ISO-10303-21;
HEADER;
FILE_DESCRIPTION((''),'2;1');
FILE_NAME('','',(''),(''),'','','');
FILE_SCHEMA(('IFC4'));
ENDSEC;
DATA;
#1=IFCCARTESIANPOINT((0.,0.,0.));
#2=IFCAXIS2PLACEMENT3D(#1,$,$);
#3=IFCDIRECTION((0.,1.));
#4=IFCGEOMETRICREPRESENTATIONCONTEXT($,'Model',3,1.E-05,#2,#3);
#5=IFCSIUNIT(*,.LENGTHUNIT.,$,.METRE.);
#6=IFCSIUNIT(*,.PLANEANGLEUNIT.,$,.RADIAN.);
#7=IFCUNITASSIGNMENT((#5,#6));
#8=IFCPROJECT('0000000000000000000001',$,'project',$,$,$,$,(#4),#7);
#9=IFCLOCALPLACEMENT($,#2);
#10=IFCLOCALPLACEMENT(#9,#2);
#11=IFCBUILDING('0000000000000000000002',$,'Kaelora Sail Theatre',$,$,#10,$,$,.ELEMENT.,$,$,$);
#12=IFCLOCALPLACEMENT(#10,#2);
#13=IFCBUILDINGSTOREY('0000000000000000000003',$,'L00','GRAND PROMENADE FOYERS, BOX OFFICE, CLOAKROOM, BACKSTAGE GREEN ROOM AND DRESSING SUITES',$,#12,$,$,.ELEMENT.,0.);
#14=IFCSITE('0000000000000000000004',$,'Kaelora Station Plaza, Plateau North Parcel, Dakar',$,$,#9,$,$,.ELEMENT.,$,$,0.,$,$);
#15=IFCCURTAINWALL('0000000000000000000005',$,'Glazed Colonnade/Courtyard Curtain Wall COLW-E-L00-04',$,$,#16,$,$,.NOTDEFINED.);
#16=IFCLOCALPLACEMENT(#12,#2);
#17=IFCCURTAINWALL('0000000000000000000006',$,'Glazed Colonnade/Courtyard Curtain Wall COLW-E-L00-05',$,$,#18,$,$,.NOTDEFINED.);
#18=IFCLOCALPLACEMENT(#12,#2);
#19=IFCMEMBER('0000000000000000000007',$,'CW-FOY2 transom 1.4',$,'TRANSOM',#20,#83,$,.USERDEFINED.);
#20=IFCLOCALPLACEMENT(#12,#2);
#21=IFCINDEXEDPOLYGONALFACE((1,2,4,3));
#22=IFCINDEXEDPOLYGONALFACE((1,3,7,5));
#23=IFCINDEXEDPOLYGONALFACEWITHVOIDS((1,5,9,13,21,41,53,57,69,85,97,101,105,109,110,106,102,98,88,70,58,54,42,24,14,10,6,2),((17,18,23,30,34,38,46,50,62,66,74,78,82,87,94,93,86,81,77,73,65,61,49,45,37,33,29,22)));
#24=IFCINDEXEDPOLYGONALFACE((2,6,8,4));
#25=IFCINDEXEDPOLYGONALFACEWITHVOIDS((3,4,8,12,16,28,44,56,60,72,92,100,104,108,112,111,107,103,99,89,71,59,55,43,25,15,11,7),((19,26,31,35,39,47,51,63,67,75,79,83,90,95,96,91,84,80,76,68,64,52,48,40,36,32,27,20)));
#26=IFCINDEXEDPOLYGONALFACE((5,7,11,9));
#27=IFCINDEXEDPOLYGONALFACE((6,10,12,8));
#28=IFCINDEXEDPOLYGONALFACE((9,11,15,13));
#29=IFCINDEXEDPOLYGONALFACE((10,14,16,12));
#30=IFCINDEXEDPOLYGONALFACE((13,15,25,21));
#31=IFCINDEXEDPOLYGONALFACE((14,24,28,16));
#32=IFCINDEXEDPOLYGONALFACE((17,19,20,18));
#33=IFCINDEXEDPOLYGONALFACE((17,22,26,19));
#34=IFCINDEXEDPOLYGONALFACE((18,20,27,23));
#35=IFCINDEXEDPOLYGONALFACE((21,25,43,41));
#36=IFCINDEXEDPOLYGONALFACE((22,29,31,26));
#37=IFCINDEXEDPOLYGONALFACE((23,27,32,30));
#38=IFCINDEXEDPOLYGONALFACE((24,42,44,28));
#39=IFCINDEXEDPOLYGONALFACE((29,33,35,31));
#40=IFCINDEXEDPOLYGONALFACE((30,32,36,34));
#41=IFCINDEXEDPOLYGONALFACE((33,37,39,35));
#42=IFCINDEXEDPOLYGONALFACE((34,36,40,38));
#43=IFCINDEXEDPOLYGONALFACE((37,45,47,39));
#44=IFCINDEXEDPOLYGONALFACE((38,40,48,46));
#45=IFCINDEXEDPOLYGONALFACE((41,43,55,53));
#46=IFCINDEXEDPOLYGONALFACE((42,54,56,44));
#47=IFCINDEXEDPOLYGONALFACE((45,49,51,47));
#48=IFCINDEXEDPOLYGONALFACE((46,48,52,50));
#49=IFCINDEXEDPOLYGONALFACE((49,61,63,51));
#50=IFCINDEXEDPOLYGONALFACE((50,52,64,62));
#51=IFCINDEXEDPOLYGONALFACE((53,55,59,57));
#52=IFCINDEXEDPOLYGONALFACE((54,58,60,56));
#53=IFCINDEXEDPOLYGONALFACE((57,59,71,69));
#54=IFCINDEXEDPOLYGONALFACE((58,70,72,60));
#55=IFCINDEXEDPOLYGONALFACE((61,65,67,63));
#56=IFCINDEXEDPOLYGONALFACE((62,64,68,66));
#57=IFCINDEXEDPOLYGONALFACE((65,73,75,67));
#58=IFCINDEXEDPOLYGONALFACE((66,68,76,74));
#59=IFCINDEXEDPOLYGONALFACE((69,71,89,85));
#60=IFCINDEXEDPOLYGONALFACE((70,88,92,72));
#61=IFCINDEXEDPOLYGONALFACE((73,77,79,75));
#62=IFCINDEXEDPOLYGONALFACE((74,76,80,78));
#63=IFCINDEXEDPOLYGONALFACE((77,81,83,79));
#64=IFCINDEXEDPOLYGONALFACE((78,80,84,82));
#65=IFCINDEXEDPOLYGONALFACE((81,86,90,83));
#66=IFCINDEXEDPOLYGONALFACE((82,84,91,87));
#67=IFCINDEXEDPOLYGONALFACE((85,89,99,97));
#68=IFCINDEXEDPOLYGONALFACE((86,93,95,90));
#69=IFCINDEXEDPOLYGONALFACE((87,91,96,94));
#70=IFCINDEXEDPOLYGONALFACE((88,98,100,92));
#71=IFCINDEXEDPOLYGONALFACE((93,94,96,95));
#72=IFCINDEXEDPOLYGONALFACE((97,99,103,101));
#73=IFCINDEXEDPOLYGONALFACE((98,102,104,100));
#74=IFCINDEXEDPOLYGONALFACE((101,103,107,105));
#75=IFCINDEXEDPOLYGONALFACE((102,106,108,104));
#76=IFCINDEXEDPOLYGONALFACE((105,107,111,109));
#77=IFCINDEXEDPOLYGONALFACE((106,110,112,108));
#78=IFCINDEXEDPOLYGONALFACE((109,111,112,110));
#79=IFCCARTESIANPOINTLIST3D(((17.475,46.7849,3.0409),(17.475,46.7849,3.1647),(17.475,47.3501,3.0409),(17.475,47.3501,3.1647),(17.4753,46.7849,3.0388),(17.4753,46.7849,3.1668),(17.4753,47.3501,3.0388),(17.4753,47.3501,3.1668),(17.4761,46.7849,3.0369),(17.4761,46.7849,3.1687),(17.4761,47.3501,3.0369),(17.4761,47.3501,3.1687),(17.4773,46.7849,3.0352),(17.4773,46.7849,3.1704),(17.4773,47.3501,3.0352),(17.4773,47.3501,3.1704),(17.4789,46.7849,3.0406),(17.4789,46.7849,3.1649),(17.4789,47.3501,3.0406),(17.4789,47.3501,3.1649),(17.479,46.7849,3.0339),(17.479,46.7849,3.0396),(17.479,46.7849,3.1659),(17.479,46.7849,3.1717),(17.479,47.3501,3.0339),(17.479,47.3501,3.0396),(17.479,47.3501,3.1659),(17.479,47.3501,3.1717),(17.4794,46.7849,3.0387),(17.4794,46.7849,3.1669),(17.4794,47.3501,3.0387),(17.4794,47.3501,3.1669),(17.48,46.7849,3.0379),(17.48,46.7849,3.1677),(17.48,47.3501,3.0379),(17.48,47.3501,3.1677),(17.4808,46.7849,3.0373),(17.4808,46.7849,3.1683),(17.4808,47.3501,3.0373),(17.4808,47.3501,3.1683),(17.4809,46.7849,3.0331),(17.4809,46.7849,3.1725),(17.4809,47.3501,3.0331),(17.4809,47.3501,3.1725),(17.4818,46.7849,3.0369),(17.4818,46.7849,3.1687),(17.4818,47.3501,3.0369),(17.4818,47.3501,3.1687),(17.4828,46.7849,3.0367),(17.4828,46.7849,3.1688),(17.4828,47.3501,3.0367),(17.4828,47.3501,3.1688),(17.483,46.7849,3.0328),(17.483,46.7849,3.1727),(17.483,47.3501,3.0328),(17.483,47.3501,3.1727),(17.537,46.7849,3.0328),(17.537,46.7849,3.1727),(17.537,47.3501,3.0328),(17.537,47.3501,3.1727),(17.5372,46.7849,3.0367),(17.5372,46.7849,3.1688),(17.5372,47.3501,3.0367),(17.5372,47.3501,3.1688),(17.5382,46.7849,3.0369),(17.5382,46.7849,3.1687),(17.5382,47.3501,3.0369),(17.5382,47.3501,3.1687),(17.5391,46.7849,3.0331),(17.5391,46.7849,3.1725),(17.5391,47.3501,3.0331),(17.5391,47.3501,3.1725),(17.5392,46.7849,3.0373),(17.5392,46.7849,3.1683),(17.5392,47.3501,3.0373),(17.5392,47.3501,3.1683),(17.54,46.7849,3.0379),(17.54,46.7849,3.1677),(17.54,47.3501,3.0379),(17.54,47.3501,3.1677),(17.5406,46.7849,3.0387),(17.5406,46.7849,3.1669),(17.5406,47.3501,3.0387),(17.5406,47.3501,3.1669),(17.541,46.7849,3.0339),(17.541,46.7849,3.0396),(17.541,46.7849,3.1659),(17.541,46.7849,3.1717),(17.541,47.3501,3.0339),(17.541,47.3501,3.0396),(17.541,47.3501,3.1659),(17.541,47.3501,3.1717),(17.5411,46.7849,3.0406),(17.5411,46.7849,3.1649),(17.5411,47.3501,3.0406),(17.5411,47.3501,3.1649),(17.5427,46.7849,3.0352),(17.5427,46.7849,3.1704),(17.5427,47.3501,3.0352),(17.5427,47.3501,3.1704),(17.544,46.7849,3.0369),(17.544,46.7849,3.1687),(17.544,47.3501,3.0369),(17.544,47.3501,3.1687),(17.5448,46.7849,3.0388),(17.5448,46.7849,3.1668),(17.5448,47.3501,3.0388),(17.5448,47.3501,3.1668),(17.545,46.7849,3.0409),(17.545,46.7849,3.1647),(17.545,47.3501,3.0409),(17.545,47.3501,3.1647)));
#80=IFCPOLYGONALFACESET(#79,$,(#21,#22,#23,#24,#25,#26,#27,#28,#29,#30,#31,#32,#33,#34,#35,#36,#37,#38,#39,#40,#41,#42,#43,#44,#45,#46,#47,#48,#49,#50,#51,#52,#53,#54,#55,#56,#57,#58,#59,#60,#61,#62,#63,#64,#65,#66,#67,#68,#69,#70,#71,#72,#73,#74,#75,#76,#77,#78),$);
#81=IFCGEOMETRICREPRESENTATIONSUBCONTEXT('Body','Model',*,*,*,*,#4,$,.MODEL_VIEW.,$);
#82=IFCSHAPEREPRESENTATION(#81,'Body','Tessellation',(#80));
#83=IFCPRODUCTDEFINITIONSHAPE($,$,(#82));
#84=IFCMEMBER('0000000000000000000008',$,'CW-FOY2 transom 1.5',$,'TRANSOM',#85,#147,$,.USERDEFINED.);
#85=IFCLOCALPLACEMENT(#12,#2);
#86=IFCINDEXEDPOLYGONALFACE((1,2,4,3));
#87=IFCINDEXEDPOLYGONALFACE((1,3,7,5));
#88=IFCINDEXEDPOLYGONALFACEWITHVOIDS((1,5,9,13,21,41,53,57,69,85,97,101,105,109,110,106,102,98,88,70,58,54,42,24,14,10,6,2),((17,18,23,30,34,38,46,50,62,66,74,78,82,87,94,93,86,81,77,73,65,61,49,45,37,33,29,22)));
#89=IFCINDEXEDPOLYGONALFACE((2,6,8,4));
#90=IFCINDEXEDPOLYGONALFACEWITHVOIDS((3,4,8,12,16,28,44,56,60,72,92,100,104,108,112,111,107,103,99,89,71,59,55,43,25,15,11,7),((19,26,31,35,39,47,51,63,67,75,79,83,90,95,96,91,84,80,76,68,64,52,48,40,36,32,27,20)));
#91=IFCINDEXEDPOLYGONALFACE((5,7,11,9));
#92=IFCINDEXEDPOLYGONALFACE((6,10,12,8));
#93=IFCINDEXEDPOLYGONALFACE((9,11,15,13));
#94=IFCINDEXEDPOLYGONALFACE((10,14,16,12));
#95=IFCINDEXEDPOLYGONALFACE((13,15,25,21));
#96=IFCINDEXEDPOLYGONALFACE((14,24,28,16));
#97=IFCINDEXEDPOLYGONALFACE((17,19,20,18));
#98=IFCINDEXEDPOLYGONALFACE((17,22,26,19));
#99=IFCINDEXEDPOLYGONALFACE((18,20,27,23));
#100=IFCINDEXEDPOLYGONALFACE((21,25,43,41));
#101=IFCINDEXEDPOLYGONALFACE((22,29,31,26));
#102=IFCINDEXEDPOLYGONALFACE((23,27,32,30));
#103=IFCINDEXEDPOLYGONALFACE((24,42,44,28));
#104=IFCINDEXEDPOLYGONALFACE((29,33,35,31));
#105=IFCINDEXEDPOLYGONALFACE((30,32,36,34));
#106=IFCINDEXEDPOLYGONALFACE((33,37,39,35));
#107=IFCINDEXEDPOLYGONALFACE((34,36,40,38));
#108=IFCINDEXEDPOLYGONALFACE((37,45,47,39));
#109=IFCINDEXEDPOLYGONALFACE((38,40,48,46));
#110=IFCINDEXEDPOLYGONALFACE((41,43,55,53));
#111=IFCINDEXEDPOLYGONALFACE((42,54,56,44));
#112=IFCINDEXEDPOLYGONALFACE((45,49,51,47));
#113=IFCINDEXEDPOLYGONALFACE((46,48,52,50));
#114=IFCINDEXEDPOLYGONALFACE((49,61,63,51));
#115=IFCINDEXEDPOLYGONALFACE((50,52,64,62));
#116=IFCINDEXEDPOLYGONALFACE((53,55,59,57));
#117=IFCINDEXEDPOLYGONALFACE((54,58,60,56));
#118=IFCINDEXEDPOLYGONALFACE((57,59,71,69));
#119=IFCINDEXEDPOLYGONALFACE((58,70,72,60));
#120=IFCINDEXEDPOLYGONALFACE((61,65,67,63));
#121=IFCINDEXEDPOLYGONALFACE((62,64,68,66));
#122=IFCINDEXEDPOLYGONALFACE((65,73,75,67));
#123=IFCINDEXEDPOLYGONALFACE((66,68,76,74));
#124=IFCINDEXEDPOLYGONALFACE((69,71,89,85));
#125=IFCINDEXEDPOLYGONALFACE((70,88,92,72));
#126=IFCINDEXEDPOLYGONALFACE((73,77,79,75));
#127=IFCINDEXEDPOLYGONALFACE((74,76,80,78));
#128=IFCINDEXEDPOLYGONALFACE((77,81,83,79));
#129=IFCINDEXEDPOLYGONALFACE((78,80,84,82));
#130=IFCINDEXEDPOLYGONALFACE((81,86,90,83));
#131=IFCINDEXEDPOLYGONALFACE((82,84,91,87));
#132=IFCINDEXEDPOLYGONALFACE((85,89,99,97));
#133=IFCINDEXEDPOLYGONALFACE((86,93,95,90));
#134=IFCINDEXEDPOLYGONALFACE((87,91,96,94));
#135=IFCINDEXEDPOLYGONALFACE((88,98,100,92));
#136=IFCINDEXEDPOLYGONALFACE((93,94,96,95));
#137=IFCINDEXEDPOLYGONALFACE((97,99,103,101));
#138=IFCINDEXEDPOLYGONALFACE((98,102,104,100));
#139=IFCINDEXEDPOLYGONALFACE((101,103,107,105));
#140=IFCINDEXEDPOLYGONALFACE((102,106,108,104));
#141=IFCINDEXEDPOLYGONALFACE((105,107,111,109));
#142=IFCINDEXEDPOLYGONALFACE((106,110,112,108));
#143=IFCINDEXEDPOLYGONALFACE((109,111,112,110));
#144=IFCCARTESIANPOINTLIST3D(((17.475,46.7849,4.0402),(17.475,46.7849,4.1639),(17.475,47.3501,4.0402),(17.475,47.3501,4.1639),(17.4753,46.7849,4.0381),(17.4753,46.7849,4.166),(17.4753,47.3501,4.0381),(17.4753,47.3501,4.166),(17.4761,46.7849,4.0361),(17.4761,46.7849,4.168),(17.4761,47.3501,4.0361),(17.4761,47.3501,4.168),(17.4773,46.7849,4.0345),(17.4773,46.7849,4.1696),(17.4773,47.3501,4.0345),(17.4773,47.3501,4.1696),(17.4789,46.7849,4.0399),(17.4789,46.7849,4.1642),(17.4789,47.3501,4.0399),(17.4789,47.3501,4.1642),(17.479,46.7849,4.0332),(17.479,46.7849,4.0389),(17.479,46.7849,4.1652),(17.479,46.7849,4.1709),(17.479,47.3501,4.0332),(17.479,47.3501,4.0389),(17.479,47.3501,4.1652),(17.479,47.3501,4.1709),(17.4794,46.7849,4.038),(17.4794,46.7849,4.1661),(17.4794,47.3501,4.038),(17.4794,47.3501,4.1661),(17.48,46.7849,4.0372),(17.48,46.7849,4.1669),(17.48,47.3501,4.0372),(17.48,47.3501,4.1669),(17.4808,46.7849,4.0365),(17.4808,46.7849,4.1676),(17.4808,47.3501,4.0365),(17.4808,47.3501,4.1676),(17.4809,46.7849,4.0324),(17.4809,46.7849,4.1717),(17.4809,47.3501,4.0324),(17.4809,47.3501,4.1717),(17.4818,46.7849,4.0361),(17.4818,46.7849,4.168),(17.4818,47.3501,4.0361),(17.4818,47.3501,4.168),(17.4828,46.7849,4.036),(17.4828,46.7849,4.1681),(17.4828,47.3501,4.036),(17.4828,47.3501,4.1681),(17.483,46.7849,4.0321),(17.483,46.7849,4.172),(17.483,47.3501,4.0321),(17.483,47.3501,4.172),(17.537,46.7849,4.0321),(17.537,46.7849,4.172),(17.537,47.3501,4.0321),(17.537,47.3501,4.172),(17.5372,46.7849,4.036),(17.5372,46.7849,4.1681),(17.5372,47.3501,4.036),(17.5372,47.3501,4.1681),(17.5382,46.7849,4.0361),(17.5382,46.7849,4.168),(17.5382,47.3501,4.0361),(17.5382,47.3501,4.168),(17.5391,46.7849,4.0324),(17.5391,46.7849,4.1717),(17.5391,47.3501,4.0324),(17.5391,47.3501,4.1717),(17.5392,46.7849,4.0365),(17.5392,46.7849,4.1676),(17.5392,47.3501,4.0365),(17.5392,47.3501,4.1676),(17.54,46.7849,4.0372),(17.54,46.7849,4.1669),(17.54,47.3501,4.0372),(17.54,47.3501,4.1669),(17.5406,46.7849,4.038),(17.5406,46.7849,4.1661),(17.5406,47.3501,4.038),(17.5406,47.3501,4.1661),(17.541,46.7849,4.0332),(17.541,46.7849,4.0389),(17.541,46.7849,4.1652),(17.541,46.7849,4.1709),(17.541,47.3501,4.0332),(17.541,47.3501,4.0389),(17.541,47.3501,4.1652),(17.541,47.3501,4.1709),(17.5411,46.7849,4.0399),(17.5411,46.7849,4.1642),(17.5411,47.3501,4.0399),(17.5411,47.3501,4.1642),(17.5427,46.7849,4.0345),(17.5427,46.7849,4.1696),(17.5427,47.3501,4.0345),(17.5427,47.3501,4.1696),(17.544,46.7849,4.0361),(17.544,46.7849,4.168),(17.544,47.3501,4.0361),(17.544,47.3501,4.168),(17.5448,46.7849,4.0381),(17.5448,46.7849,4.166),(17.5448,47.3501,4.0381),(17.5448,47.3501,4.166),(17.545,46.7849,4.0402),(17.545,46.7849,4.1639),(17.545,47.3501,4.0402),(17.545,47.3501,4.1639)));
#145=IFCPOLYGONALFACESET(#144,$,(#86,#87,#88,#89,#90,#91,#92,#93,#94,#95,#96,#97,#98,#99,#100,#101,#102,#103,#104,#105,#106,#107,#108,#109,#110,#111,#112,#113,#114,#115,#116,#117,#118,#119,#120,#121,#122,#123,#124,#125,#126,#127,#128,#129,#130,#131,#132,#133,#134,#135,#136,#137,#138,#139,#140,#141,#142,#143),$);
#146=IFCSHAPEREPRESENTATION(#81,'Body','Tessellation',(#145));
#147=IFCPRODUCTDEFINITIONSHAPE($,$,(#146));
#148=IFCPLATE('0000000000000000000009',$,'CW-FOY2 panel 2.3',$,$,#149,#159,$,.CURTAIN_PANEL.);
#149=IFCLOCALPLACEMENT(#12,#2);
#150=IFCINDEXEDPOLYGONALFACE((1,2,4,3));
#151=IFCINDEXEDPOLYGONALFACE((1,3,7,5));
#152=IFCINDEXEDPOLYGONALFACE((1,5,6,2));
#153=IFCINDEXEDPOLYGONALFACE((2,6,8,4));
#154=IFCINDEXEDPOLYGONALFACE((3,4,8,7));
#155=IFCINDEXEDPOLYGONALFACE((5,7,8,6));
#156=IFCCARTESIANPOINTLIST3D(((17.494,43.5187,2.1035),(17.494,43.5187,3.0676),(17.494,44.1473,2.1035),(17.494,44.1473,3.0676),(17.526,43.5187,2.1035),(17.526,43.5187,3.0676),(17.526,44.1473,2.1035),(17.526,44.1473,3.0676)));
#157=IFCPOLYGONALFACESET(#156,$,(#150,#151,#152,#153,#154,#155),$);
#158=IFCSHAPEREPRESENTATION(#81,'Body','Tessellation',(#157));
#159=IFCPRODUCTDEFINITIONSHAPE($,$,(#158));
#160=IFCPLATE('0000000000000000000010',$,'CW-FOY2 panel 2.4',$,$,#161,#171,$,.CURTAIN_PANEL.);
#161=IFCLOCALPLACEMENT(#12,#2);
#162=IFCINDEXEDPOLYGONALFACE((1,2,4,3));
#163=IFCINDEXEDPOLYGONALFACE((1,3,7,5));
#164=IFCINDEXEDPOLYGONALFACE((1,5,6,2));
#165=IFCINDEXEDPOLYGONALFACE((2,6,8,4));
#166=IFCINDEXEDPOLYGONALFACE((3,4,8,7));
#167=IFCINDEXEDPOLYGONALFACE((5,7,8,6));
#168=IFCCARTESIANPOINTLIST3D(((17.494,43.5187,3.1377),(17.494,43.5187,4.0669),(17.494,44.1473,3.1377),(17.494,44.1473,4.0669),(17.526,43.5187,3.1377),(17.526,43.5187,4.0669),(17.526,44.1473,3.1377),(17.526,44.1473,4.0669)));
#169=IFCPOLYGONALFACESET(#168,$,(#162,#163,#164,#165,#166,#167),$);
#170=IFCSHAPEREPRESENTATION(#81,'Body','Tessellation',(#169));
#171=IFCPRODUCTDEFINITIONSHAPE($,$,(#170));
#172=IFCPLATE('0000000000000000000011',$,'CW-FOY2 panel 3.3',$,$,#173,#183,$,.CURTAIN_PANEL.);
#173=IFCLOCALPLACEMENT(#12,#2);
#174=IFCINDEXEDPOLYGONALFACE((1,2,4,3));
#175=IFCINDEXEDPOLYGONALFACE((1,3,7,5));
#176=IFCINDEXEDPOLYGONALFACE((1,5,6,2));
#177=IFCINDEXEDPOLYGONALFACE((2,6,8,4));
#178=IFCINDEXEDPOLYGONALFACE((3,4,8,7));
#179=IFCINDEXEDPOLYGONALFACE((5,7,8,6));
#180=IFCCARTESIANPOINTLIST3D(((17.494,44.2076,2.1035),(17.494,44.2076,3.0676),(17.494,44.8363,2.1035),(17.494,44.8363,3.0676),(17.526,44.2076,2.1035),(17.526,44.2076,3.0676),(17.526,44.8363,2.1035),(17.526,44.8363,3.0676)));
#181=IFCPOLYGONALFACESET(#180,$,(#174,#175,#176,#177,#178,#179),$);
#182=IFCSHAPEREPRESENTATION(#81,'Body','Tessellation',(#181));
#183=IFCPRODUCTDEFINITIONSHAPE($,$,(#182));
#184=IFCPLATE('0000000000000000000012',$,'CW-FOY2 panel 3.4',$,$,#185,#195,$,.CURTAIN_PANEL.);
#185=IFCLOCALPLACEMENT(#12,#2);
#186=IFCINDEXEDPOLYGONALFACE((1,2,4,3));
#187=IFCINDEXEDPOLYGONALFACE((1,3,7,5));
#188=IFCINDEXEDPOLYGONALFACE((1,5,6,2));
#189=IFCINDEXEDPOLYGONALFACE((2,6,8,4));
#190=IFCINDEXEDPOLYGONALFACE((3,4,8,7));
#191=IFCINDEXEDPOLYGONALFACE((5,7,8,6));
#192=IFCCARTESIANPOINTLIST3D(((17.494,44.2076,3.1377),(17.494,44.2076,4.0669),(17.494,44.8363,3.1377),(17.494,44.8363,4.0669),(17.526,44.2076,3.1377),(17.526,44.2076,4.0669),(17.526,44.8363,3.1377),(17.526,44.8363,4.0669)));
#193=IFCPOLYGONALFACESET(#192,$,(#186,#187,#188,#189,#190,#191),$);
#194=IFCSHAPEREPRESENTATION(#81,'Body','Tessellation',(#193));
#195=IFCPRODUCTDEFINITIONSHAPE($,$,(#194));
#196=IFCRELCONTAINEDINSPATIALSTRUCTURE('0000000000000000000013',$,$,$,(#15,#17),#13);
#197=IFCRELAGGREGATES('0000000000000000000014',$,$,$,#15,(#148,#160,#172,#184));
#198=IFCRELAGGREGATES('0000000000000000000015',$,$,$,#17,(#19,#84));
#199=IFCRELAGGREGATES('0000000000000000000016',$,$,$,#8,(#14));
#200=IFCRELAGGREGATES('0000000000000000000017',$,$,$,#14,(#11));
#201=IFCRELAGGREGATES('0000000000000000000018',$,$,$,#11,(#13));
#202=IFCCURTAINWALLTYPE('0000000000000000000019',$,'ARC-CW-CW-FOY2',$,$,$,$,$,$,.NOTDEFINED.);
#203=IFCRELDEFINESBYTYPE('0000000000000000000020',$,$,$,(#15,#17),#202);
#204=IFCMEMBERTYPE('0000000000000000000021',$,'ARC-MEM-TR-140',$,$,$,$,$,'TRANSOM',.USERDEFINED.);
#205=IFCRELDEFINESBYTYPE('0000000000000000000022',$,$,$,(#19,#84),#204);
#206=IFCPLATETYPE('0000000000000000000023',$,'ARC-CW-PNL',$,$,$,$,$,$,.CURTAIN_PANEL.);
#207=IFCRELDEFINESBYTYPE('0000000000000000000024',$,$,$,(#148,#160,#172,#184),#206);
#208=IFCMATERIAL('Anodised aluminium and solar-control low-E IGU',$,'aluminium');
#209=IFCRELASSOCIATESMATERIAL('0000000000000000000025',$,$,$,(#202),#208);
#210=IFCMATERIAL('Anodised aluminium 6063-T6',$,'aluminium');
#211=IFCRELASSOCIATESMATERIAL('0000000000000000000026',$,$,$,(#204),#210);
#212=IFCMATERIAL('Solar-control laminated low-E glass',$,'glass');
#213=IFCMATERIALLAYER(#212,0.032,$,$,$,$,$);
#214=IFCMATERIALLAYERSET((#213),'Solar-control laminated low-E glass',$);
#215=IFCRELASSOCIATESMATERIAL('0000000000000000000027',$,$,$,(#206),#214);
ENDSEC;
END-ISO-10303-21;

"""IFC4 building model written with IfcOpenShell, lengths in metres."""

from ifc_helpers import new_model, si_unit, direction, frame, origin, origin_2d, place, context, subcontext, project, spatial, rectangle, hollow_rectangle, extrude, material, layer, layer_set, material_profile, profile_set, type_object, element, aggregate, save


model = new_model("IFC4")

# Units and contexts
model_context = context("Model", 3, precision=1e-05, world=origin(), true_north=direction((0.0, 1.0)))
body_context = subcontext(model_context, "Body", "Model", "MODEL_VIEW")
ifc_project = project(units=[si_unit("LENGTHUNIT", "METRE"), si_unit("PLANEANGLEUNIT", "RADIAN")], contexts=[model_context])

# Site, building, storey
site_placement = place(None, origin())
site = spatial("IfcSite", under=ifc_project, at=site_placement, Name="Kaelora Station Plaza, Plateau North Parcel, Dakar", CompositionType="ELEMENT", RefElevation=0.0)
building_placement = place(site_placement, origin())
building = spatial("IfcBuilding", under=site, at=building_placement, Name="Kaelora Sail Theatre", CompositionType="ELEMENT")
storey_placement = place(building_placement, origin())
storey = spatial("IfcBuildingStorey", under=building, at=storey_placement, Name="L00", Description="GRAND PROMENADE FOYERS, BOX OFFICE, CLOAKROOM, BACKSTAGE GREEN ROOM AND DRESSING SUITES", CompositionType="ELEMENT", Elevation=0.0)

# Curtain walls, members
ifc_material_1 = material(Name="Anodised aluminium and solar-control low-E IGU", Category="aluminium")
curtain_wall_type = type_object("IfcCurtainWallType", Name="ARC-CW-CW-FOY2", PredefinedType="NOTDEFINED", material=ifc_material_1)
curtain_wall_1_placement = place(storey_placement, origin())
curtain_wall_1 = element("IfcCurtainWall", 1, at=curtain_wall_1_placement, inside=storey, type_object=curtain_wall_type, Name="Glazed Colonnade/Courtyard Curtain Wall COLW-E-L00-04", PredefinedType="NOTDEFINED")
ifc_material_2 = material(Name="Anodised aluminium 6063-T6", Category="aluminium")
ifc_material_profile = material_profile(ifc_material_2, hollow_rectangle(XDim=0.0701, YDim=0.1399, WallThickness=0.0039, InnerFilletRadius=0.0039, OuterFilletRadius=0.0081, at=origin_2d()), Name="ALU-TRAN 70x140x4")
ifc_profile_set = profile_set([ifc_material_profile], Name="Anodised aluminium 6063-T6")
member_type = type_object("IfcMemberType", Name="ARC-MEM-TR-140", ElementType="TRANSOM", PredefinedType="USERDEFINED", material=ifc_profile_set)
curtain_wall_2_placement = place(storey_placement, origin())
curtain_wall_2 = element("IfcCurtainWall", 2, at=curtain_wall_2_placement, inside=storey, type_object=curtain_wall_type, Name="Glazed Colonnade/Courtyard Curtain Wall COLW-E-L00-05", PredefinedType="NOTDEFINED")
member_1_placement = place(storey_placement, frame((17.51, 46.7849, 3.1028), z_axis=(0.0, 1.0, 0.0), x_axis=(-1.0, 0.0, 0.0)))
member_1 = element("IfcMember", 3, at=member_1_placement, type_object=member_type, Name="CW-FOY2 transom 1.4", ObjectType="TRANSOM", PredefinedType="USERDEFINED", context=body_context, shape_type="SweptSolid", body=[
    extrude(hollow_rectangle(XDim=0.0701, YDim=0.1399, WallThickness=0.0039, InnerFilletRadius=0.0039, OuterFilletRadius=0.0081, at=origin_2d()), origin(), (0.0, 0.0, 1.0), 0.5652),
])
member_2_placement = place(storey_placement, frame((17.51, 46.7849, 4.1021), z_axis=(0.0, 1.0, 0.0), x_axis=(-1.0, 0.0, 0.0)))
member_2 = element("IfcMember", 4, at=member_2_placement, type_object=member_type, Name="CW-FOY2 transom 1.5", ObjectType="TRANSOM", PredefinedType="USERDEFINED", context=body_context, shape_type="SweptSolid", body=[
    extrude(hollow_rectangle(XDim=0.0701, YDim=0.1399, WallThickness=0.0039, InnerFilletRadius=0.0039, OuterFilletRadius=0.0081, at=origin_2d()), origin(), (0.0, 0.0, 1.0), 0.5652),
])

# Plates
ifc_material_3 = material(Name="Solar-control laminated low-E glass", Category="glass")
ifc_layer = layer(ifc_material_3, 0.032)
ifc_layer_set = layer_set([ifc_layer], Name="Solar-control laminated low-E glass")
plate_type = type_object("IfcPlateType", Name="ARC-CW-PNL", PredefinedType="CURTAIN_PANEL", material=ifc_layer_set)
plate_1_placement = place(storey_placement, frame((17.51, 43.833, 2.1035), z_axis=(0.0, 0.0, 1.0), x_axis=(0.0, 1.0, 0.0)))
plate_1 = element("IfcPlate", 5, at=plate_1_placement, type_object=plate_type, Name="CW-FOY2 panel 2.3", PredefinedType="CURTAIN_PANEL", context=body_context, shape_type="SweptSolid", body=[
    extrude(rectangle(XDim=0.6287, YDim=0.032, at=origin_2d()), origin(), (0.0, 0.0, 1.0), 0.9641),
])
plate_2_placement = place(storey_placement, frame((17.51, 43.833, 3.1377), z_axis=(0.0, 0.0, 1.0), x_axis=(0.0, 1.0, 0.0)))
plate_2 = element("IfcPlate", 6, at=plate_2_placement, type_object=plate_type, Name="CW-FOY2 panel 2.4", PredefinedType="CURTAIN_PANEL", context=body_context, shape_type="SweptSolid", body=[
    extrude(rectangle(XDim=0.6287, YDim=0.032, at=origin_2d()), origin(), (0.0, 0.0, 1.0), 0.9292),
])
plate_3_placement = place(storey_placement, frame((17.51, 44.522, 2.1035), z_axis=(0.0, 0.0, 1.0), x_axis=(0.0, 1.0, 0.0)))
plate_3 = element("IfcPlate", 7, at=plate_3_placement, type_object=plate_type, Name="CW-FOY2 panel 3.3", PredefinedType="CURTAIN_PANEL", context=body_context, shape_type="SweptSolid", body=[
    extrude(rectangle(XDim=0.6287, YDim=0.032, at=origin_2d()), origin(), (0.0, 0.0, 1.0), 0.9641),
])
plate_4_placement = place(storey_placement, frame((17.51, 44.522, 3.1377), z_axis=(0.0, 0.0, 1.0), x_axis=(0.0, 1.0, 0.0)))
plate_4 = element("IfcPlate", 8, at=plate_4_placement, type_object=plate_type, Name="CW-FOY2 panel 3.4", PredefinedType="CURTAIN_PANEL", context=body_context, shape_type="SweptSolid", body=[
    extrude(rectangle(XDim=0.6287, YDim=0.032, at=origin_2d()), origin(), (0.0, 0.0, 1.0), 0.9292),
])
aggregate(curtain_wall_1, [plate_1, plate_2, plate_3, plate_4])
aggregate(curtain_wall_2, [member_1, member_2])

save(model, "model.ifc")
